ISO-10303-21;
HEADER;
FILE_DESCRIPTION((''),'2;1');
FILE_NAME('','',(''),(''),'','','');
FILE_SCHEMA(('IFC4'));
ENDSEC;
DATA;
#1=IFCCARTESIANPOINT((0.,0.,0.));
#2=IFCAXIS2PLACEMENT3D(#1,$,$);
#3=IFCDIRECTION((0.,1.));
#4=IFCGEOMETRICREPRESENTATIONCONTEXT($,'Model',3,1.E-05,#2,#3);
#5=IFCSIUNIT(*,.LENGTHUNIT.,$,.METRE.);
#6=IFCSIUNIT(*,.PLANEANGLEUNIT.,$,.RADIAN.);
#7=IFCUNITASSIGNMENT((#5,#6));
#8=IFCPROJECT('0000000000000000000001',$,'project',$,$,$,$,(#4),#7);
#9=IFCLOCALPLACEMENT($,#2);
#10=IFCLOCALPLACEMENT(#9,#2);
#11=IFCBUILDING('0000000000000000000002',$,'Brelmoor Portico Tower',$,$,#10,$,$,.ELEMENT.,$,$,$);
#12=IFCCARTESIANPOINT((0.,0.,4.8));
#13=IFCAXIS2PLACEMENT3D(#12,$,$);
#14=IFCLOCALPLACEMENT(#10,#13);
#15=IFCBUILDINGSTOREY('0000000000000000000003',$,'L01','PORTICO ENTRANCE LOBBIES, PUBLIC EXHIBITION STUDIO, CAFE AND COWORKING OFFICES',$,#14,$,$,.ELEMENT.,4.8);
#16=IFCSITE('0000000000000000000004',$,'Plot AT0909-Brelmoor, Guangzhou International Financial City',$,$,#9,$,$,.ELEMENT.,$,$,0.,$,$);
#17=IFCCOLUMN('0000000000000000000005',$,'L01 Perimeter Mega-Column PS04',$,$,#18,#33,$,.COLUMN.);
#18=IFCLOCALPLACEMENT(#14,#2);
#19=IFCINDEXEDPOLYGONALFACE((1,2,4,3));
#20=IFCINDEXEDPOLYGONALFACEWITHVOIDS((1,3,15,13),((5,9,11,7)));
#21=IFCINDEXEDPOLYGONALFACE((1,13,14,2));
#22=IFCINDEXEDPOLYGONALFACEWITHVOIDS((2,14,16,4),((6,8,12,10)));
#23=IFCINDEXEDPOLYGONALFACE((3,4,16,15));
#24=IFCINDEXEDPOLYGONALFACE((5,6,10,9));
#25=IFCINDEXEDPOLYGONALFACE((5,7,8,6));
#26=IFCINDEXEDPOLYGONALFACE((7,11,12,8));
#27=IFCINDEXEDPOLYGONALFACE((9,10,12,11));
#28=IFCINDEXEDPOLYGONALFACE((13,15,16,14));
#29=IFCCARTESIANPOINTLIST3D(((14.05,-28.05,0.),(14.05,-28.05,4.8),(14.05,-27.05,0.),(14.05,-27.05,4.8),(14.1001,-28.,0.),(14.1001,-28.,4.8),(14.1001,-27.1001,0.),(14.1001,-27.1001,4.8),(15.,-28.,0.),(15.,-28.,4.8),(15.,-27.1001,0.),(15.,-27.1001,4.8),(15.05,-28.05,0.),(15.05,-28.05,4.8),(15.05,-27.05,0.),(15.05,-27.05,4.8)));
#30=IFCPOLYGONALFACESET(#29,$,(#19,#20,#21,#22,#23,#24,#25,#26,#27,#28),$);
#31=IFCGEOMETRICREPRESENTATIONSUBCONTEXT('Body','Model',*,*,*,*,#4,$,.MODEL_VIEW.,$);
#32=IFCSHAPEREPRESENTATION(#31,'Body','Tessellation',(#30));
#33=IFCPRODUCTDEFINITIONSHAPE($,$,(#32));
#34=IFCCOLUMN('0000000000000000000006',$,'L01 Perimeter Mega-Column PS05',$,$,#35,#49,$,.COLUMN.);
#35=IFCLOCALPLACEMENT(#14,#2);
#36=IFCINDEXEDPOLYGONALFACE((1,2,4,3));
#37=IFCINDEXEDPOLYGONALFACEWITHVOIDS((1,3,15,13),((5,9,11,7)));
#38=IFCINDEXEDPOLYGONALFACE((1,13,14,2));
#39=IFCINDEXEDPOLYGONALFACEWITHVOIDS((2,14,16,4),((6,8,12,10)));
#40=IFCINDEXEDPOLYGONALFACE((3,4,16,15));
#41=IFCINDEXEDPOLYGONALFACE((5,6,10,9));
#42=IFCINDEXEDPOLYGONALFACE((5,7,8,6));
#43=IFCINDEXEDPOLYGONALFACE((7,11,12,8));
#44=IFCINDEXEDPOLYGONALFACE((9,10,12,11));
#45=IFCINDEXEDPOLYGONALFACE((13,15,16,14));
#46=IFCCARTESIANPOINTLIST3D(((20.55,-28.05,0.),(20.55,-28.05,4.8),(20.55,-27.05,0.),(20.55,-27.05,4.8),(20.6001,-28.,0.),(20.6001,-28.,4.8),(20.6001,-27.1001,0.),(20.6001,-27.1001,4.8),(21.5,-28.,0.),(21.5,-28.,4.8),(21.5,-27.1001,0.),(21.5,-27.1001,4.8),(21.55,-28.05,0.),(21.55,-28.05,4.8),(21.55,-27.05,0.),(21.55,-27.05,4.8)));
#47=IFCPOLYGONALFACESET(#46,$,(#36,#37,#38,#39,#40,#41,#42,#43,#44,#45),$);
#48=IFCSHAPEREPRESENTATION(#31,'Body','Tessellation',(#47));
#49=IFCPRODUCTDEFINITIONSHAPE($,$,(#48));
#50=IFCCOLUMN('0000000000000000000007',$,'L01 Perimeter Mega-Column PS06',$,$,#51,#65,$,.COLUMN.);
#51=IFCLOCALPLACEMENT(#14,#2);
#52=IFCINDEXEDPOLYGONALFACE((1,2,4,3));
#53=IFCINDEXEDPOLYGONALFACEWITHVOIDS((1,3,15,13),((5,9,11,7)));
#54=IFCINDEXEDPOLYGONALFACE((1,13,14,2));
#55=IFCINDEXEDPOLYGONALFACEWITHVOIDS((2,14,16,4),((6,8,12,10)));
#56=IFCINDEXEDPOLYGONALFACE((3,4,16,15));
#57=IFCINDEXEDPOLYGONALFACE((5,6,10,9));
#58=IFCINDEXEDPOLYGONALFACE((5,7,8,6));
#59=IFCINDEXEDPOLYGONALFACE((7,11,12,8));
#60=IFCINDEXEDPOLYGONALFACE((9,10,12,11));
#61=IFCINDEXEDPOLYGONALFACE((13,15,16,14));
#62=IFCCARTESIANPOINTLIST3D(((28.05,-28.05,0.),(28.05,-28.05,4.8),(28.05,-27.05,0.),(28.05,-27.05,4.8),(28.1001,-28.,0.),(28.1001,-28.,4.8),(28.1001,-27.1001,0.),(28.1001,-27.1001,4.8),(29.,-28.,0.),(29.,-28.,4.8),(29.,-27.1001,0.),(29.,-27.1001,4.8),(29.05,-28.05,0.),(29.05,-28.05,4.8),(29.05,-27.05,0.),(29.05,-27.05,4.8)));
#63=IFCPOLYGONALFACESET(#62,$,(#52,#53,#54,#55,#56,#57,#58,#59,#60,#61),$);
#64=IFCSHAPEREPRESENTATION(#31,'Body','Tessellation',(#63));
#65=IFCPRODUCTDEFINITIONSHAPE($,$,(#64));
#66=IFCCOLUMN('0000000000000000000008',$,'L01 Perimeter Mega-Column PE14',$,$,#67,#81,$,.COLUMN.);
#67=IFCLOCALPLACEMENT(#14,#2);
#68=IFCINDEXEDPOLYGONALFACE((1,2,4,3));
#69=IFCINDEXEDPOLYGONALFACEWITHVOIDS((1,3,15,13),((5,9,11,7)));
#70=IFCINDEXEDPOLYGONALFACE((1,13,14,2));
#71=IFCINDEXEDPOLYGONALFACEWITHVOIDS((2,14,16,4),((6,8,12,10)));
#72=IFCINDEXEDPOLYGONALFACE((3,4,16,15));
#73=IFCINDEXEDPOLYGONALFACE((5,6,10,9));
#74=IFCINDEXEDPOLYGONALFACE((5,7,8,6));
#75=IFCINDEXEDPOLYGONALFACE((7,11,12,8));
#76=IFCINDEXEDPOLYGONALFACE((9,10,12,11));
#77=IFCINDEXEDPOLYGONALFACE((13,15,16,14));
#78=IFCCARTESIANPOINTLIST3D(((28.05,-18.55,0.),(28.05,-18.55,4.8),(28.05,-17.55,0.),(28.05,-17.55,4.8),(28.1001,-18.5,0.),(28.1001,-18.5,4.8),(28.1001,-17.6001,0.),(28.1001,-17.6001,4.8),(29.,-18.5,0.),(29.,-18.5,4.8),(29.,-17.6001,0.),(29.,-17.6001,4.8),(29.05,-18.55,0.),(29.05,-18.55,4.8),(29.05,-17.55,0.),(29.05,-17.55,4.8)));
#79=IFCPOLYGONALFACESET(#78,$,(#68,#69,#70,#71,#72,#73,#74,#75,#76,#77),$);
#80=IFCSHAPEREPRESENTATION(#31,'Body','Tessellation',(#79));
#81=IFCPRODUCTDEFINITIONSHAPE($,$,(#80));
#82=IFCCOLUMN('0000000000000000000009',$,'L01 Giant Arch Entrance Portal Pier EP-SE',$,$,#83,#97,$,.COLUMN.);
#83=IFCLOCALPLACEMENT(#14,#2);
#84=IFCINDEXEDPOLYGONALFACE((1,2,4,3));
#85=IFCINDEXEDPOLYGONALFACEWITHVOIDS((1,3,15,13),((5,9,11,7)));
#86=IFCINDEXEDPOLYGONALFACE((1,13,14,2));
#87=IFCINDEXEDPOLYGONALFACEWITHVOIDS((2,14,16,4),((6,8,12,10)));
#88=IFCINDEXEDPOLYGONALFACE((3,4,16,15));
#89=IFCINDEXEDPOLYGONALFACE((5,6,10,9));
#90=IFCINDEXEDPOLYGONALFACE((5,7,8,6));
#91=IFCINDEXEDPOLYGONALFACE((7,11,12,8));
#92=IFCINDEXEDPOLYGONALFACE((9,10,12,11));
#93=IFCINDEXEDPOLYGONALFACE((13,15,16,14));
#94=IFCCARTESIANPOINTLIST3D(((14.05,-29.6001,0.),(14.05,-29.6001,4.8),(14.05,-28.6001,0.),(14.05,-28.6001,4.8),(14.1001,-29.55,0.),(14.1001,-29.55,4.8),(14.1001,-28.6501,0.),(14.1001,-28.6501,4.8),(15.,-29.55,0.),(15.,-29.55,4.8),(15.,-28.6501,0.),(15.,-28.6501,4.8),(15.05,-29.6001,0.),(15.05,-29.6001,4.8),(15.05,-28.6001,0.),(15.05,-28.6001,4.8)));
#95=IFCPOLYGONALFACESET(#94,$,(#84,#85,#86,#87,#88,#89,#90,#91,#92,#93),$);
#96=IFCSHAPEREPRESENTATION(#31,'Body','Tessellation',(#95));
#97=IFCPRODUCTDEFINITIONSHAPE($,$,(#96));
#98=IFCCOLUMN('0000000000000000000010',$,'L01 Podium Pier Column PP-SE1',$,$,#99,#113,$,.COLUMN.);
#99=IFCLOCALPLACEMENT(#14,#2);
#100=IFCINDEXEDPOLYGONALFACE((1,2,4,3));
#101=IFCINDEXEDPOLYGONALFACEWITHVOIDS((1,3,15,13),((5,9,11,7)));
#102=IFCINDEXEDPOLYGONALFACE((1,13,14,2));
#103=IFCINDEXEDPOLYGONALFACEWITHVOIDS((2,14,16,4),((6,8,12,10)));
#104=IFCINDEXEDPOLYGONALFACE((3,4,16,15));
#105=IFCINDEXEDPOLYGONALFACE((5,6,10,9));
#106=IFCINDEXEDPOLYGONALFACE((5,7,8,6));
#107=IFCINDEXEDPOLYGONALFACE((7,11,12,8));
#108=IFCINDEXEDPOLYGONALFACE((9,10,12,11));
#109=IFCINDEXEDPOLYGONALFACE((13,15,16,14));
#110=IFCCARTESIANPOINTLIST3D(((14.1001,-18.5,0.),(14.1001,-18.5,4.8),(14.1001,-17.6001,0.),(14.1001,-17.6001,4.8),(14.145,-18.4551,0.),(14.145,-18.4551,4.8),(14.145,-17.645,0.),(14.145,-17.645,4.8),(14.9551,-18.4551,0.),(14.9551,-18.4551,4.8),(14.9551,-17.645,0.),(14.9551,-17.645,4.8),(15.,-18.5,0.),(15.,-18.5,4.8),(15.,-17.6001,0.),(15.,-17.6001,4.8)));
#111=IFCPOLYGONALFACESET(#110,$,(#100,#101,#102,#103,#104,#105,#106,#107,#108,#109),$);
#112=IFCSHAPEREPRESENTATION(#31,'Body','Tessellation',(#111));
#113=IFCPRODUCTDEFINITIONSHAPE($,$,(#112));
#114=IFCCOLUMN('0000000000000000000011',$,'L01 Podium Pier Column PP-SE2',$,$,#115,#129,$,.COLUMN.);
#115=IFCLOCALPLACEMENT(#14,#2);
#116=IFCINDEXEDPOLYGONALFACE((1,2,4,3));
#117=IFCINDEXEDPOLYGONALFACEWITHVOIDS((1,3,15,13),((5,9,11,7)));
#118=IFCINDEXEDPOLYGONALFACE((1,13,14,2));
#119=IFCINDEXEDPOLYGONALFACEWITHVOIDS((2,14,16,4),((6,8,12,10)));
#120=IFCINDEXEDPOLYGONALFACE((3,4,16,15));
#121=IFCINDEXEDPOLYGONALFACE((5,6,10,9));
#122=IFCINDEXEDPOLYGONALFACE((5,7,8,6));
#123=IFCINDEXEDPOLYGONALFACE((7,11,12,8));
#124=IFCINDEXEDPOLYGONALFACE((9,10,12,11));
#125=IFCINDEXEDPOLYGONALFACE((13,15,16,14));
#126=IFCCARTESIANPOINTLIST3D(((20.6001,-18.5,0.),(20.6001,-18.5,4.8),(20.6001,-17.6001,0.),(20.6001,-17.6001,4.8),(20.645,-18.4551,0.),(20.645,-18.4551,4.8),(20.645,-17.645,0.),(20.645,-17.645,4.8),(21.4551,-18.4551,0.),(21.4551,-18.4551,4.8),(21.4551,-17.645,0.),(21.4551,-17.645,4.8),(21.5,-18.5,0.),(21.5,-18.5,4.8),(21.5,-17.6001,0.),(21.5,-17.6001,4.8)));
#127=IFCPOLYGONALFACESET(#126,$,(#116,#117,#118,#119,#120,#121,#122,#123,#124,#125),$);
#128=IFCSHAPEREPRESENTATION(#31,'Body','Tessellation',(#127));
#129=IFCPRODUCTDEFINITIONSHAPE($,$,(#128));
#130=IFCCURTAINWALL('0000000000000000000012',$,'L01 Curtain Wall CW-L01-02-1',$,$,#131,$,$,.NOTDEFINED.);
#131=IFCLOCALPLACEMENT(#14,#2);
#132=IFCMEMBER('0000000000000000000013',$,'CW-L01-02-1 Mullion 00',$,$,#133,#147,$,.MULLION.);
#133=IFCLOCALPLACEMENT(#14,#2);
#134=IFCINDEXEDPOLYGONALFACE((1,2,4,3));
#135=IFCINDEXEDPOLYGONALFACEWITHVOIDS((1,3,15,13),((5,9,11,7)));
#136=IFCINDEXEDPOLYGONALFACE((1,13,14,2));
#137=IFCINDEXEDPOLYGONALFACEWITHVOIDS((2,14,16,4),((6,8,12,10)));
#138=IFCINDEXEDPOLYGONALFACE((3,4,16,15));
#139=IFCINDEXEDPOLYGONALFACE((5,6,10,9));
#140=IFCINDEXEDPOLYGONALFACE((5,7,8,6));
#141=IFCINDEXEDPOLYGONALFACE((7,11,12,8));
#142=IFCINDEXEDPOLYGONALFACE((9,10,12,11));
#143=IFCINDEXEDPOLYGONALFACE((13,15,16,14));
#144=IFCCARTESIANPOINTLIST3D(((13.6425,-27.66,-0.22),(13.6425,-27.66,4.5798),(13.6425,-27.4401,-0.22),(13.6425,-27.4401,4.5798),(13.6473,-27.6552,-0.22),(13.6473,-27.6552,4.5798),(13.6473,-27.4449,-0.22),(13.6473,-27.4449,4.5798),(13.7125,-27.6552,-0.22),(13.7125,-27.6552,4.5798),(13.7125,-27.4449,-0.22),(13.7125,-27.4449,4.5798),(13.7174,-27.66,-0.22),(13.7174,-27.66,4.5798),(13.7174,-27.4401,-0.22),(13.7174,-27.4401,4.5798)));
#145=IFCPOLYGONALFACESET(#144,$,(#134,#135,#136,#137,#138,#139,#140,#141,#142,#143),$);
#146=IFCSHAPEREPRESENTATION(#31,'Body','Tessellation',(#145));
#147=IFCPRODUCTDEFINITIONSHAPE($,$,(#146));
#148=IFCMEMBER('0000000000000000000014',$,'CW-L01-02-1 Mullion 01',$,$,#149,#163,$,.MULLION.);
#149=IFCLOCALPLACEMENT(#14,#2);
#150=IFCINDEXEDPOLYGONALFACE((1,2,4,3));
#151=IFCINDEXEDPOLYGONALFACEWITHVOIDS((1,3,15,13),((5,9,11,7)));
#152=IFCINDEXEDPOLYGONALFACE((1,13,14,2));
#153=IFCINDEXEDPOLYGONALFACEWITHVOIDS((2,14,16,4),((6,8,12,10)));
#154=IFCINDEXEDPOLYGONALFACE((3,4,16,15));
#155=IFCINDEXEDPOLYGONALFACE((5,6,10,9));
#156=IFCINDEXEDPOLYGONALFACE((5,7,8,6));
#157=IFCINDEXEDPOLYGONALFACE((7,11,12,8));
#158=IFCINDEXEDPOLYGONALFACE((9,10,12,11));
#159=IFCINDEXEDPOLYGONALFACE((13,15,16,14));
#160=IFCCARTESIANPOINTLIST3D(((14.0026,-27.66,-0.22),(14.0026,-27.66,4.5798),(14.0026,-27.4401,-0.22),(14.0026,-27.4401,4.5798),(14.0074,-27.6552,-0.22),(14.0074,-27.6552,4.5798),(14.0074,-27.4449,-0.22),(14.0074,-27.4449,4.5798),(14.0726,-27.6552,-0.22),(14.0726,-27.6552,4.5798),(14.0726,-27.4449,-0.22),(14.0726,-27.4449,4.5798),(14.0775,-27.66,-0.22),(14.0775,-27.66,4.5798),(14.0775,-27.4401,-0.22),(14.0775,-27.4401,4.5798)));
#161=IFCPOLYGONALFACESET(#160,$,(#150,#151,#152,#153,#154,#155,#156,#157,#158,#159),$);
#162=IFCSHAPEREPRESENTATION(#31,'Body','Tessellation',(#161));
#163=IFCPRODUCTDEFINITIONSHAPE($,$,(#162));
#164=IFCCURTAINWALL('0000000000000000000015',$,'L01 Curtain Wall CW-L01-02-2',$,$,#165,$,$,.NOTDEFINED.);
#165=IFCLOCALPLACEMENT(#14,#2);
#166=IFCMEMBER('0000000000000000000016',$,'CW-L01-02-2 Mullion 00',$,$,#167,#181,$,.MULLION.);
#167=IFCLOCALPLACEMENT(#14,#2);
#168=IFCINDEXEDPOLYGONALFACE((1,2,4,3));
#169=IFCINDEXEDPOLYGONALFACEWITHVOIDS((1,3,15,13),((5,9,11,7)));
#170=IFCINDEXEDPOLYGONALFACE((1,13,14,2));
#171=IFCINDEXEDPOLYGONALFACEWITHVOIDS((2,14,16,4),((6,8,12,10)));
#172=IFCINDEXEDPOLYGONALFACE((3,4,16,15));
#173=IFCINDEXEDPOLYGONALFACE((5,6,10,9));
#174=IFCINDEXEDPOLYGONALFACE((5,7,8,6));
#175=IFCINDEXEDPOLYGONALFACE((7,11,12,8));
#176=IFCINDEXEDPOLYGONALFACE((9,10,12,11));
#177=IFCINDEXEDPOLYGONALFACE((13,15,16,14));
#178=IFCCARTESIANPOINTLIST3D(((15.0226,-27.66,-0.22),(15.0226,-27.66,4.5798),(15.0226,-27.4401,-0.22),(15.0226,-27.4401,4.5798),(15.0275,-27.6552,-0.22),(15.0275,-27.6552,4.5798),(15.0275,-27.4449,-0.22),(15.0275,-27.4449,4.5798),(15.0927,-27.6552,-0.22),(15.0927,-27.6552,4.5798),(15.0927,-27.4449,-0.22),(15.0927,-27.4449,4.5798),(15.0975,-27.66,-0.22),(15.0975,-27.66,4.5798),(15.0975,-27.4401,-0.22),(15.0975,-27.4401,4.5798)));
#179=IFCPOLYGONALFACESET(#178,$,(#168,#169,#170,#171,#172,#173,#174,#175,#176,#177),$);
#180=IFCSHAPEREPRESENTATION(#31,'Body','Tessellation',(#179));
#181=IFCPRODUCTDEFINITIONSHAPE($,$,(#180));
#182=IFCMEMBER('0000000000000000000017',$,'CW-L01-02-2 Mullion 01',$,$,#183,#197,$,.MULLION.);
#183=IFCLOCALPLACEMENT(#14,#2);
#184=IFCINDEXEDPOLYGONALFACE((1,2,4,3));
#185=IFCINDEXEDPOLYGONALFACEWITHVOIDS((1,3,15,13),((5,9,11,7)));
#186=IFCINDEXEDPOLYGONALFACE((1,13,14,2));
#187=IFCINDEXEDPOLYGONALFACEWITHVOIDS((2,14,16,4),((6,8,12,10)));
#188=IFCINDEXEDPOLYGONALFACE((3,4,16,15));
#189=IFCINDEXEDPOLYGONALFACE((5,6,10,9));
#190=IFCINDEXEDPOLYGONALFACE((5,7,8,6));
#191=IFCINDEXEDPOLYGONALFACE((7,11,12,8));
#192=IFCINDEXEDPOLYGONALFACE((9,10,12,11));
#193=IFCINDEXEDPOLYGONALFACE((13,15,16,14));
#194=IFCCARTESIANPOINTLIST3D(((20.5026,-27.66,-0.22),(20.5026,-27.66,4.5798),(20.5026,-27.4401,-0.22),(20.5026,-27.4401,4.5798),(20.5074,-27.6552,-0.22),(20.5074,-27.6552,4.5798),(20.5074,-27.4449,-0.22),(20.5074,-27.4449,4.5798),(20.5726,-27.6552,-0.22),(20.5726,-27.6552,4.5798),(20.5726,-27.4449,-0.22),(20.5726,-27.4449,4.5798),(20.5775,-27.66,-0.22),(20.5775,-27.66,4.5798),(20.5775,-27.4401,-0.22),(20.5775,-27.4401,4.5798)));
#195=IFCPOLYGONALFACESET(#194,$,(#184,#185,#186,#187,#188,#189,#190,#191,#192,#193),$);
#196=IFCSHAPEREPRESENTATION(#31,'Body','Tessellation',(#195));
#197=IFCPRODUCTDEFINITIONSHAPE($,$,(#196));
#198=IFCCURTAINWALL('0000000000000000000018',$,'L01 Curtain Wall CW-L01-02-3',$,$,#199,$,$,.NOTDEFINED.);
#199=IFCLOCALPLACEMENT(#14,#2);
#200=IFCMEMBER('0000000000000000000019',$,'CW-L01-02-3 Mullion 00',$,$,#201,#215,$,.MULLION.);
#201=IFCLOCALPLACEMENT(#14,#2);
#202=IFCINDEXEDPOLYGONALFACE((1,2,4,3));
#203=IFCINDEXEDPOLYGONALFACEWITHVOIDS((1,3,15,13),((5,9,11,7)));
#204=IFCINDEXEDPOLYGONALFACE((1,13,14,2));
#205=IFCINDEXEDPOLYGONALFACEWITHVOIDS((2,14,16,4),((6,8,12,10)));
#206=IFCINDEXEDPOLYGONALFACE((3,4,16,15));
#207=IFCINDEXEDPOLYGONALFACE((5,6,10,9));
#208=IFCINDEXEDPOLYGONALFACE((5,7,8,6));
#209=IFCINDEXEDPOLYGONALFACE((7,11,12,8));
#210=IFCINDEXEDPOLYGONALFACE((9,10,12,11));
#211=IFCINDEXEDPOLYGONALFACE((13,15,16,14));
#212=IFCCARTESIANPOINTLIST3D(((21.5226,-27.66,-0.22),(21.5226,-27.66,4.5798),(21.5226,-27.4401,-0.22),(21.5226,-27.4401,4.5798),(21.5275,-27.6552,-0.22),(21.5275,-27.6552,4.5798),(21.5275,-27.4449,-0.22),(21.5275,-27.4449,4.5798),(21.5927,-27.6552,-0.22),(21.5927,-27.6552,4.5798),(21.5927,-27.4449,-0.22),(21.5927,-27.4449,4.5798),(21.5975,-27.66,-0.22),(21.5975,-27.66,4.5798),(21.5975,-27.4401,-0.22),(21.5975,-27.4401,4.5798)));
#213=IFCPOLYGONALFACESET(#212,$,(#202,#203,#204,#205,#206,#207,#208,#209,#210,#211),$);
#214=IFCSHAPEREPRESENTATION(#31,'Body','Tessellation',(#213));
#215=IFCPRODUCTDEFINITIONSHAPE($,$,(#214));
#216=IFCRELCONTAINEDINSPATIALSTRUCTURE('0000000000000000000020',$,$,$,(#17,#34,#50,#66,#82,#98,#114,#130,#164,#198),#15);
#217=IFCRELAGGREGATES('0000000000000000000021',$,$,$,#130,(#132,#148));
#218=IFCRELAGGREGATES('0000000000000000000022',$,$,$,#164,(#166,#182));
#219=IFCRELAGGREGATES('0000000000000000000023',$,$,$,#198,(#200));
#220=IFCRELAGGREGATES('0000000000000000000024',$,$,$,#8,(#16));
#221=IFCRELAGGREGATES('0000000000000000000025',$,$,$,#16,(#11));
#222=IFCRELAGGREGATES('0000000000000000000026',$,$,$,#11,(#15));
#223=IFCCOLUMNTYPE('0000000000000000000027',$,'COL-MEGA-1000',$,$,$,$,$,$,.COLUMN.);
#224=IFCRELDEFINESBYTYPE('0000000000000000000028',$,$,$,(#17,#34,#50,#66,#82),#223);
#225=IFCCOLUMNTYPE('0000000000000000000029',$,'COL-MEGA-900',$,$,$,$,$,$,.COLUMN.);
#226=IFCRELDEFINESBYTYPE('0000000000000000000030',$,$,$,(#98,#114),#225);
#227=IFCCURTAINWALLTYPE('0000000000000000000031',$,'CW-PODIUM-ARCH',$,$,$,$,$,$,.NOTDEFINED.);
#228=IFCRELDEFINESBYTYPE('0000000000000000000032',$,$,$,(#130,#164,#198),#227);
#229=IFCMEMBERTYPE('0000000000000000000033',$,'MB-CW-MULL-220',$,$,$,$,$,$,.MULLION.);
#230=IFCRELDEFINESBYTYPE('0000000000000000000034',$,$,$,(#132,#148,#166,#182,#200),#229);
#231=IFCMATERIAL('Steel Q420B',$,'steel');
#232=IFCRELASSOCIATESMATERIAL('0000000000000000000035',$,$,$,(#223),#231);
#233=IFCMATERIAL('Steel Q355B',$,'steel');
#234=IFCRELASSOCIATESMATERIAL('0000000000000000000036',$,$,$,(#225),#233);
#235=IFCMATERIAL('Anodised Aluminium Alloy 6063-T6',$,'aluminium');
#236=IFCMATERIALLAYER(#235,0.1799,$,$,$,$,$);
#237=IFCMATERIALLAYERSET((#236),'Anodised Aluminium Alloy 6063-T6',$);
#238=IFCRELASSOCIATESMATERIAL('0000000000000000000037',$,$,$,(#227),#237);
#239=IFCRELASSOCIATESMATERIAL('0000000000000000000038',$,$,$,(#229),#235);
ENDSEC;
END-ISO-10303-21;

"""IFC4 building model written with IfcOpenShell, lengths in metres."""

from ifc_helpers import new_model, si_unit, direction, frame, origin, origin_2d, place, context, subcontext, project, spatial, hollow_rectangle, extrude, material, layer, layer_set, material_profile, profile_set, type_object, element, aggregate, save


model = new_model("IFC4")

# Units and contexts
model_context = context("Model", 3, precision=1e-05, world=origin(), true_north=direction((0.0, 1.0)))
body_context = subcontext(model_context, "Body", "Model", "MODEL_VIEW")
ifc_project = project(units=[si_unit("LENGTHUNIT", "METRE"), si_unit("PLANEANGLEUNIT", "RADIAN")], contexts=[model_context])

# Site, building, storey
site_placement = place(None, origin())
site = spatial("IfcSite", under=ifc_project, at=site_placement, Name="Plot AT0909-Brelmoor, Guangzhou International Financial City", CompositionType="ELEMENT", RefElevation=0.0)
building_placement = place(site_placement, origin())
building = spatial("IfcBuilding", under=site, at=building_placement, Name="Brelmoor Portico Tower", CompositionType="ELEMENT")
storey_placement = place(building_placement, frame((0.0, 0.0, 4.8)))
storey = spatial("IfcBuildingStorey", under=building, at=storey_placement, Name="L01", Description="PORTICO ENTRANCE LOBBIES, PUBLIC EXHIBITION STUDIO, CAFE AND COWORKING OFFICES", CompositionType="ELEMENT", Elevation=4.8)

# Columns
ifc_material_1 = material(Name="Steel Q420B", Category="steel")
ifc_material_profile_1 = material_profile(ifc_material_1, hollow_rectangle(XDim=1.0, YDim=1.0, WallThickness=0.05, at=origin_2d()), Name="BOX 1000x1000x50")
ifc_profile_set_1 = profile_set([ifc_material_profile_1], Name="Steel Q420B")
column_type_1 = type_object("IfcColumnType", Name="COL-MEGA-1000", PredefinedType="COLUMN", material=ifc_profile_set_1)
for number, where, z_axis, x_axis, name in (
    (1, (14.55, -27.55, 0.0), (0.0, 0.0, 1.0), (1.0, 0.0, 0.0), "L01 Perimeter Mega-Column PS04"),
    (2, (21.05, -27.55, 0.0), (0.0, 0.0, 1.0), (1.0, 0.0, 0.0), "L01 Perimeter Mega-Column PS05"),
    (3, (28.55, -27.55, 0.0), (0.0, 0.0, 1.0), (1.0, 0.0, 0.0), "L01 Perimeter Mega-Column PS06"),
    (4, (28.55, -18.05, 0.0), (0.0, 0.0, 1.0), (0.0, 1.0, 0.0), "L01 Perimeter Mega-Column PE14"),
    (5, (14.55, -29.1001, 0.0), (0.0, 0.0, 1.0), (1.0, 0.0, 0.0), "L01 Giant Arch Entrance Portal Pier EP-SE"),
):
    element("IfcColumn", number, at=place(storey_placement, frame(where, z_axis=z_axis, x_axis=x_axis)), inside=storey, type_object=column_type_1, Name=name, PredefinedType="COLUMN", context=body_context, shape_type="SweptSolid", body=[
        extrude(hollow_rectangle(XDim=1.0, YDim=1.0, WallThickness=0.05, at=origin_2d()), origin(), (0.0, 0.0, 1.0), 4.8),
    ])
ifc_material_2 = material(Name="Steel Q355B", Category="steel")
ifc_material_profile_2 = material_profile(ifc_material_2, hollow_rectangle(XDim=0.8999, YDim=0.8999, WallThickness=0.0449, at=origin_2d()), Name="BOX 900x900x45")
ifc_profile_set_2 = profile_set([ifc_material_profile_2], Name="Steel Q355B")
column_type_2 = type_object("IfcColumnType", Name="COL-MEGA-900", PredefinedType="COLUMN", material=ifc_profile_set_2)
for number, where, z_axis, x_axis, name in (
    (6, (14.55, -18.05, 0.0), (0.0, 0.0, 1.0), (1.0, 0.0, 0.0), "L01 Podium Pier Column PP-SE1"),
    (7, (21.05, -18.05, 0.0), (0.0, 0.0, 1.0), (1.0, 0.0, 0.0), "L01 Podium Pier Column PP-SE2"),
):
    element("IfcColumn", number, at=place(storey_placement, frame(where, z_axis=z_axis, x_axis=x_axis)), inside=storey, type_object=column_type_2, Name=name, PredefinedType="COLUMN", context=body_context, shape_type="SweptSolid", body=[
        extrude(hollow_rectangle(XDim=0.8999, YDim=0.8999, WallThickness=0.0449, at=origin_2d()), origin(), (0.0, 0.0, 1.0), 4.8),
    ])

# Curtain walls, members
ifc_material_3 = material(Name="Anodised Aluminium Alloy 6063-T6", Category="aluminium")
ifc_layer_1 = layer(ifc_material_3, 0.1799)
ifc_layer_set_1 = layer_set([ifc_layer_1], Name="Anodised Aluminium Alloy 6063-T6")
curtain_wall_type = type_object("IfcCurtainWallType", Name="CW-PODIUM-ARCH", PredefinedType="NOTDEFINED", material=ifc_layer_set_1)
curtain_wall_1_placement = place(storey_placement, origin())
curtain_wall_1 = element("IfcCurtainWall", 8, at=curtain_wall_1_placement, inside=storey, type_object=curtain_wall_type, Name="L01 Curtain Wall CW-L01-02-1", PredefinedType="NOTDEFINED")
ifc_material_profile_3 = material_profile(ifc_material_3, hollow_rectangle(XDim=0.075, YDim=0.22, WallThickness=0.0049, at=origin_2d()), Name="ALU MULLION 75x220")
ifc_profile_set_3 = profile_set([ifc_material_profile_3], Name="Anodised Aluminium Alloy 6063-T6")
member_type_1 = type_object("IfcMemberType", Name="MB-CW-MULL-220", PredefinedType="MULLION", material=ifc_profile_set_3)
member_1_placement = place(storey_placement, frame((13.6799, -27.55, -0.22), z_axis=(0.0, 0.0, 1.0), x_axis=(1.0, 0.0, 0.0)))
member_1 = element("IfcMember", 9, at=member_1_placement, type_object=member_type_1, Name="CW-L01-02-1 Mullion 00", PredefinedType="MULLION", context=body_context, shape_type="SweptSolid", body=[
    extrude(hollow_rectangle(XDim=0.075, YDim=0.22, WallThickness=0.0049, at=origin_2d()), origin(), (0.0, 0.0, 1.0), 4.7998),
])
member_2_placement = place(storey_placement, frame((14.04, -27.55, -0.22), z_axis=(0.0, 0.0, 1.0), x_axis=(1.0, 0.0, 0.0)))
member_2 = element("IfcMember", 10, at=member_2_placement, type_object=member_type_1, Name="CW-L01-02-1 Mullion 01", PredefinedType="MULLION", context=body_context, shape_type="SweptSolid", body=[
    extrude(hollow_rectangle(XDim=0.075, YDim=0.22, WallThickness=0.0049, at=origin_2d()), origin(), (0.0, 0.0, 1.0), 4.7998),
])
curtain_wall_2_placement = place(storey_placement, origin())
curtain_wall_2 = element("IfcCurtainWall", 11, at=curtain_wall_2_placement, inside=storey, type_object=curtain_wall_type, Name="L01 Curtain Wall CW-L01-02-2", PredefinedType="NOTDEFINED")
member_3_placement = place(storey_placement, frame((15.0601, -27.55, -0.22), z_axis=(0.0, 0.0, 1.0), x_axis=(1.0, 0.0, 0.0)))
member_3 = element("IfcMember", 12, at=member_3_placement, type_object=member_type_1, Name="CW-L01-02-2 Mullion 00", PredefinedType="MULLION", context=body_context, shape_type="SweptSolid", body=[
    extrude(hollow_rectangle(XDim=0.075, YDim=0.22, WallThickness=0.0049, at=origin_2d()), origin(), (0.0, 0.0, 1.0), 4.7998),
])
member_4_placement = place(storey_placement, frame((20.54, -27.55, -0.22), z_axis=(0.0, 0.0, 1.0), x_axis=(1.0, 0.0, 0.0)))
member_4 = element("IfcMember", 13, at=member_4_placement, type_object=member_type_1, Name="CW-L01-02-2 Mullion 01", PredefinedType="MULLION", context=body_context, shape_type="SweptSolid", body=[
    extrude(hollow_rectangle(XDim=0.075, YDim=0.22, WallThickness=0.0049, at=origin_2d()), origin(), (0.0, 0.0, 1.0), 4.7998),
])
curtain_wall_3_placement = place(storey_placement, origin())
curtain_wall_3 = element("IfcCurtainWall", 14, at=curtain_wall_3_placement, inside=storey, type_object=curtain_wall_type, Name="L01 Curtain Wall CW-L01-02-3", PredefinedType="NOTDEFINED")
member_5_placement = place(storey_placement, frame((21.5601, -27.55, -0.22), z_axis=(0.0, 0.0, 1.0), x_axis=(1.0, 0.0, 0.0)))
member_5 = element("IfcMember", 15, at=member_5_placement, type_object=member_type_1, Name="CW-L01-02-3 Mullion 00", PredefinedType="MULLION", context=body_context, shape_type="SweptSolid", body=[
    extrude(hollow_rectangle(XDim=0.075, YDim=0.22, WallThickness=0.0049, at=origin_2d()), origin(), (0.0, 0.0, 1.0), 4.7998),
])

aggregate(curtain_wall_1, [member_1, member_2])
aggregate(curtain_wall_2, [member_3, member_4])
aggregate(curtain_wall_3, [member_5])

save(model, "model.ifc")
